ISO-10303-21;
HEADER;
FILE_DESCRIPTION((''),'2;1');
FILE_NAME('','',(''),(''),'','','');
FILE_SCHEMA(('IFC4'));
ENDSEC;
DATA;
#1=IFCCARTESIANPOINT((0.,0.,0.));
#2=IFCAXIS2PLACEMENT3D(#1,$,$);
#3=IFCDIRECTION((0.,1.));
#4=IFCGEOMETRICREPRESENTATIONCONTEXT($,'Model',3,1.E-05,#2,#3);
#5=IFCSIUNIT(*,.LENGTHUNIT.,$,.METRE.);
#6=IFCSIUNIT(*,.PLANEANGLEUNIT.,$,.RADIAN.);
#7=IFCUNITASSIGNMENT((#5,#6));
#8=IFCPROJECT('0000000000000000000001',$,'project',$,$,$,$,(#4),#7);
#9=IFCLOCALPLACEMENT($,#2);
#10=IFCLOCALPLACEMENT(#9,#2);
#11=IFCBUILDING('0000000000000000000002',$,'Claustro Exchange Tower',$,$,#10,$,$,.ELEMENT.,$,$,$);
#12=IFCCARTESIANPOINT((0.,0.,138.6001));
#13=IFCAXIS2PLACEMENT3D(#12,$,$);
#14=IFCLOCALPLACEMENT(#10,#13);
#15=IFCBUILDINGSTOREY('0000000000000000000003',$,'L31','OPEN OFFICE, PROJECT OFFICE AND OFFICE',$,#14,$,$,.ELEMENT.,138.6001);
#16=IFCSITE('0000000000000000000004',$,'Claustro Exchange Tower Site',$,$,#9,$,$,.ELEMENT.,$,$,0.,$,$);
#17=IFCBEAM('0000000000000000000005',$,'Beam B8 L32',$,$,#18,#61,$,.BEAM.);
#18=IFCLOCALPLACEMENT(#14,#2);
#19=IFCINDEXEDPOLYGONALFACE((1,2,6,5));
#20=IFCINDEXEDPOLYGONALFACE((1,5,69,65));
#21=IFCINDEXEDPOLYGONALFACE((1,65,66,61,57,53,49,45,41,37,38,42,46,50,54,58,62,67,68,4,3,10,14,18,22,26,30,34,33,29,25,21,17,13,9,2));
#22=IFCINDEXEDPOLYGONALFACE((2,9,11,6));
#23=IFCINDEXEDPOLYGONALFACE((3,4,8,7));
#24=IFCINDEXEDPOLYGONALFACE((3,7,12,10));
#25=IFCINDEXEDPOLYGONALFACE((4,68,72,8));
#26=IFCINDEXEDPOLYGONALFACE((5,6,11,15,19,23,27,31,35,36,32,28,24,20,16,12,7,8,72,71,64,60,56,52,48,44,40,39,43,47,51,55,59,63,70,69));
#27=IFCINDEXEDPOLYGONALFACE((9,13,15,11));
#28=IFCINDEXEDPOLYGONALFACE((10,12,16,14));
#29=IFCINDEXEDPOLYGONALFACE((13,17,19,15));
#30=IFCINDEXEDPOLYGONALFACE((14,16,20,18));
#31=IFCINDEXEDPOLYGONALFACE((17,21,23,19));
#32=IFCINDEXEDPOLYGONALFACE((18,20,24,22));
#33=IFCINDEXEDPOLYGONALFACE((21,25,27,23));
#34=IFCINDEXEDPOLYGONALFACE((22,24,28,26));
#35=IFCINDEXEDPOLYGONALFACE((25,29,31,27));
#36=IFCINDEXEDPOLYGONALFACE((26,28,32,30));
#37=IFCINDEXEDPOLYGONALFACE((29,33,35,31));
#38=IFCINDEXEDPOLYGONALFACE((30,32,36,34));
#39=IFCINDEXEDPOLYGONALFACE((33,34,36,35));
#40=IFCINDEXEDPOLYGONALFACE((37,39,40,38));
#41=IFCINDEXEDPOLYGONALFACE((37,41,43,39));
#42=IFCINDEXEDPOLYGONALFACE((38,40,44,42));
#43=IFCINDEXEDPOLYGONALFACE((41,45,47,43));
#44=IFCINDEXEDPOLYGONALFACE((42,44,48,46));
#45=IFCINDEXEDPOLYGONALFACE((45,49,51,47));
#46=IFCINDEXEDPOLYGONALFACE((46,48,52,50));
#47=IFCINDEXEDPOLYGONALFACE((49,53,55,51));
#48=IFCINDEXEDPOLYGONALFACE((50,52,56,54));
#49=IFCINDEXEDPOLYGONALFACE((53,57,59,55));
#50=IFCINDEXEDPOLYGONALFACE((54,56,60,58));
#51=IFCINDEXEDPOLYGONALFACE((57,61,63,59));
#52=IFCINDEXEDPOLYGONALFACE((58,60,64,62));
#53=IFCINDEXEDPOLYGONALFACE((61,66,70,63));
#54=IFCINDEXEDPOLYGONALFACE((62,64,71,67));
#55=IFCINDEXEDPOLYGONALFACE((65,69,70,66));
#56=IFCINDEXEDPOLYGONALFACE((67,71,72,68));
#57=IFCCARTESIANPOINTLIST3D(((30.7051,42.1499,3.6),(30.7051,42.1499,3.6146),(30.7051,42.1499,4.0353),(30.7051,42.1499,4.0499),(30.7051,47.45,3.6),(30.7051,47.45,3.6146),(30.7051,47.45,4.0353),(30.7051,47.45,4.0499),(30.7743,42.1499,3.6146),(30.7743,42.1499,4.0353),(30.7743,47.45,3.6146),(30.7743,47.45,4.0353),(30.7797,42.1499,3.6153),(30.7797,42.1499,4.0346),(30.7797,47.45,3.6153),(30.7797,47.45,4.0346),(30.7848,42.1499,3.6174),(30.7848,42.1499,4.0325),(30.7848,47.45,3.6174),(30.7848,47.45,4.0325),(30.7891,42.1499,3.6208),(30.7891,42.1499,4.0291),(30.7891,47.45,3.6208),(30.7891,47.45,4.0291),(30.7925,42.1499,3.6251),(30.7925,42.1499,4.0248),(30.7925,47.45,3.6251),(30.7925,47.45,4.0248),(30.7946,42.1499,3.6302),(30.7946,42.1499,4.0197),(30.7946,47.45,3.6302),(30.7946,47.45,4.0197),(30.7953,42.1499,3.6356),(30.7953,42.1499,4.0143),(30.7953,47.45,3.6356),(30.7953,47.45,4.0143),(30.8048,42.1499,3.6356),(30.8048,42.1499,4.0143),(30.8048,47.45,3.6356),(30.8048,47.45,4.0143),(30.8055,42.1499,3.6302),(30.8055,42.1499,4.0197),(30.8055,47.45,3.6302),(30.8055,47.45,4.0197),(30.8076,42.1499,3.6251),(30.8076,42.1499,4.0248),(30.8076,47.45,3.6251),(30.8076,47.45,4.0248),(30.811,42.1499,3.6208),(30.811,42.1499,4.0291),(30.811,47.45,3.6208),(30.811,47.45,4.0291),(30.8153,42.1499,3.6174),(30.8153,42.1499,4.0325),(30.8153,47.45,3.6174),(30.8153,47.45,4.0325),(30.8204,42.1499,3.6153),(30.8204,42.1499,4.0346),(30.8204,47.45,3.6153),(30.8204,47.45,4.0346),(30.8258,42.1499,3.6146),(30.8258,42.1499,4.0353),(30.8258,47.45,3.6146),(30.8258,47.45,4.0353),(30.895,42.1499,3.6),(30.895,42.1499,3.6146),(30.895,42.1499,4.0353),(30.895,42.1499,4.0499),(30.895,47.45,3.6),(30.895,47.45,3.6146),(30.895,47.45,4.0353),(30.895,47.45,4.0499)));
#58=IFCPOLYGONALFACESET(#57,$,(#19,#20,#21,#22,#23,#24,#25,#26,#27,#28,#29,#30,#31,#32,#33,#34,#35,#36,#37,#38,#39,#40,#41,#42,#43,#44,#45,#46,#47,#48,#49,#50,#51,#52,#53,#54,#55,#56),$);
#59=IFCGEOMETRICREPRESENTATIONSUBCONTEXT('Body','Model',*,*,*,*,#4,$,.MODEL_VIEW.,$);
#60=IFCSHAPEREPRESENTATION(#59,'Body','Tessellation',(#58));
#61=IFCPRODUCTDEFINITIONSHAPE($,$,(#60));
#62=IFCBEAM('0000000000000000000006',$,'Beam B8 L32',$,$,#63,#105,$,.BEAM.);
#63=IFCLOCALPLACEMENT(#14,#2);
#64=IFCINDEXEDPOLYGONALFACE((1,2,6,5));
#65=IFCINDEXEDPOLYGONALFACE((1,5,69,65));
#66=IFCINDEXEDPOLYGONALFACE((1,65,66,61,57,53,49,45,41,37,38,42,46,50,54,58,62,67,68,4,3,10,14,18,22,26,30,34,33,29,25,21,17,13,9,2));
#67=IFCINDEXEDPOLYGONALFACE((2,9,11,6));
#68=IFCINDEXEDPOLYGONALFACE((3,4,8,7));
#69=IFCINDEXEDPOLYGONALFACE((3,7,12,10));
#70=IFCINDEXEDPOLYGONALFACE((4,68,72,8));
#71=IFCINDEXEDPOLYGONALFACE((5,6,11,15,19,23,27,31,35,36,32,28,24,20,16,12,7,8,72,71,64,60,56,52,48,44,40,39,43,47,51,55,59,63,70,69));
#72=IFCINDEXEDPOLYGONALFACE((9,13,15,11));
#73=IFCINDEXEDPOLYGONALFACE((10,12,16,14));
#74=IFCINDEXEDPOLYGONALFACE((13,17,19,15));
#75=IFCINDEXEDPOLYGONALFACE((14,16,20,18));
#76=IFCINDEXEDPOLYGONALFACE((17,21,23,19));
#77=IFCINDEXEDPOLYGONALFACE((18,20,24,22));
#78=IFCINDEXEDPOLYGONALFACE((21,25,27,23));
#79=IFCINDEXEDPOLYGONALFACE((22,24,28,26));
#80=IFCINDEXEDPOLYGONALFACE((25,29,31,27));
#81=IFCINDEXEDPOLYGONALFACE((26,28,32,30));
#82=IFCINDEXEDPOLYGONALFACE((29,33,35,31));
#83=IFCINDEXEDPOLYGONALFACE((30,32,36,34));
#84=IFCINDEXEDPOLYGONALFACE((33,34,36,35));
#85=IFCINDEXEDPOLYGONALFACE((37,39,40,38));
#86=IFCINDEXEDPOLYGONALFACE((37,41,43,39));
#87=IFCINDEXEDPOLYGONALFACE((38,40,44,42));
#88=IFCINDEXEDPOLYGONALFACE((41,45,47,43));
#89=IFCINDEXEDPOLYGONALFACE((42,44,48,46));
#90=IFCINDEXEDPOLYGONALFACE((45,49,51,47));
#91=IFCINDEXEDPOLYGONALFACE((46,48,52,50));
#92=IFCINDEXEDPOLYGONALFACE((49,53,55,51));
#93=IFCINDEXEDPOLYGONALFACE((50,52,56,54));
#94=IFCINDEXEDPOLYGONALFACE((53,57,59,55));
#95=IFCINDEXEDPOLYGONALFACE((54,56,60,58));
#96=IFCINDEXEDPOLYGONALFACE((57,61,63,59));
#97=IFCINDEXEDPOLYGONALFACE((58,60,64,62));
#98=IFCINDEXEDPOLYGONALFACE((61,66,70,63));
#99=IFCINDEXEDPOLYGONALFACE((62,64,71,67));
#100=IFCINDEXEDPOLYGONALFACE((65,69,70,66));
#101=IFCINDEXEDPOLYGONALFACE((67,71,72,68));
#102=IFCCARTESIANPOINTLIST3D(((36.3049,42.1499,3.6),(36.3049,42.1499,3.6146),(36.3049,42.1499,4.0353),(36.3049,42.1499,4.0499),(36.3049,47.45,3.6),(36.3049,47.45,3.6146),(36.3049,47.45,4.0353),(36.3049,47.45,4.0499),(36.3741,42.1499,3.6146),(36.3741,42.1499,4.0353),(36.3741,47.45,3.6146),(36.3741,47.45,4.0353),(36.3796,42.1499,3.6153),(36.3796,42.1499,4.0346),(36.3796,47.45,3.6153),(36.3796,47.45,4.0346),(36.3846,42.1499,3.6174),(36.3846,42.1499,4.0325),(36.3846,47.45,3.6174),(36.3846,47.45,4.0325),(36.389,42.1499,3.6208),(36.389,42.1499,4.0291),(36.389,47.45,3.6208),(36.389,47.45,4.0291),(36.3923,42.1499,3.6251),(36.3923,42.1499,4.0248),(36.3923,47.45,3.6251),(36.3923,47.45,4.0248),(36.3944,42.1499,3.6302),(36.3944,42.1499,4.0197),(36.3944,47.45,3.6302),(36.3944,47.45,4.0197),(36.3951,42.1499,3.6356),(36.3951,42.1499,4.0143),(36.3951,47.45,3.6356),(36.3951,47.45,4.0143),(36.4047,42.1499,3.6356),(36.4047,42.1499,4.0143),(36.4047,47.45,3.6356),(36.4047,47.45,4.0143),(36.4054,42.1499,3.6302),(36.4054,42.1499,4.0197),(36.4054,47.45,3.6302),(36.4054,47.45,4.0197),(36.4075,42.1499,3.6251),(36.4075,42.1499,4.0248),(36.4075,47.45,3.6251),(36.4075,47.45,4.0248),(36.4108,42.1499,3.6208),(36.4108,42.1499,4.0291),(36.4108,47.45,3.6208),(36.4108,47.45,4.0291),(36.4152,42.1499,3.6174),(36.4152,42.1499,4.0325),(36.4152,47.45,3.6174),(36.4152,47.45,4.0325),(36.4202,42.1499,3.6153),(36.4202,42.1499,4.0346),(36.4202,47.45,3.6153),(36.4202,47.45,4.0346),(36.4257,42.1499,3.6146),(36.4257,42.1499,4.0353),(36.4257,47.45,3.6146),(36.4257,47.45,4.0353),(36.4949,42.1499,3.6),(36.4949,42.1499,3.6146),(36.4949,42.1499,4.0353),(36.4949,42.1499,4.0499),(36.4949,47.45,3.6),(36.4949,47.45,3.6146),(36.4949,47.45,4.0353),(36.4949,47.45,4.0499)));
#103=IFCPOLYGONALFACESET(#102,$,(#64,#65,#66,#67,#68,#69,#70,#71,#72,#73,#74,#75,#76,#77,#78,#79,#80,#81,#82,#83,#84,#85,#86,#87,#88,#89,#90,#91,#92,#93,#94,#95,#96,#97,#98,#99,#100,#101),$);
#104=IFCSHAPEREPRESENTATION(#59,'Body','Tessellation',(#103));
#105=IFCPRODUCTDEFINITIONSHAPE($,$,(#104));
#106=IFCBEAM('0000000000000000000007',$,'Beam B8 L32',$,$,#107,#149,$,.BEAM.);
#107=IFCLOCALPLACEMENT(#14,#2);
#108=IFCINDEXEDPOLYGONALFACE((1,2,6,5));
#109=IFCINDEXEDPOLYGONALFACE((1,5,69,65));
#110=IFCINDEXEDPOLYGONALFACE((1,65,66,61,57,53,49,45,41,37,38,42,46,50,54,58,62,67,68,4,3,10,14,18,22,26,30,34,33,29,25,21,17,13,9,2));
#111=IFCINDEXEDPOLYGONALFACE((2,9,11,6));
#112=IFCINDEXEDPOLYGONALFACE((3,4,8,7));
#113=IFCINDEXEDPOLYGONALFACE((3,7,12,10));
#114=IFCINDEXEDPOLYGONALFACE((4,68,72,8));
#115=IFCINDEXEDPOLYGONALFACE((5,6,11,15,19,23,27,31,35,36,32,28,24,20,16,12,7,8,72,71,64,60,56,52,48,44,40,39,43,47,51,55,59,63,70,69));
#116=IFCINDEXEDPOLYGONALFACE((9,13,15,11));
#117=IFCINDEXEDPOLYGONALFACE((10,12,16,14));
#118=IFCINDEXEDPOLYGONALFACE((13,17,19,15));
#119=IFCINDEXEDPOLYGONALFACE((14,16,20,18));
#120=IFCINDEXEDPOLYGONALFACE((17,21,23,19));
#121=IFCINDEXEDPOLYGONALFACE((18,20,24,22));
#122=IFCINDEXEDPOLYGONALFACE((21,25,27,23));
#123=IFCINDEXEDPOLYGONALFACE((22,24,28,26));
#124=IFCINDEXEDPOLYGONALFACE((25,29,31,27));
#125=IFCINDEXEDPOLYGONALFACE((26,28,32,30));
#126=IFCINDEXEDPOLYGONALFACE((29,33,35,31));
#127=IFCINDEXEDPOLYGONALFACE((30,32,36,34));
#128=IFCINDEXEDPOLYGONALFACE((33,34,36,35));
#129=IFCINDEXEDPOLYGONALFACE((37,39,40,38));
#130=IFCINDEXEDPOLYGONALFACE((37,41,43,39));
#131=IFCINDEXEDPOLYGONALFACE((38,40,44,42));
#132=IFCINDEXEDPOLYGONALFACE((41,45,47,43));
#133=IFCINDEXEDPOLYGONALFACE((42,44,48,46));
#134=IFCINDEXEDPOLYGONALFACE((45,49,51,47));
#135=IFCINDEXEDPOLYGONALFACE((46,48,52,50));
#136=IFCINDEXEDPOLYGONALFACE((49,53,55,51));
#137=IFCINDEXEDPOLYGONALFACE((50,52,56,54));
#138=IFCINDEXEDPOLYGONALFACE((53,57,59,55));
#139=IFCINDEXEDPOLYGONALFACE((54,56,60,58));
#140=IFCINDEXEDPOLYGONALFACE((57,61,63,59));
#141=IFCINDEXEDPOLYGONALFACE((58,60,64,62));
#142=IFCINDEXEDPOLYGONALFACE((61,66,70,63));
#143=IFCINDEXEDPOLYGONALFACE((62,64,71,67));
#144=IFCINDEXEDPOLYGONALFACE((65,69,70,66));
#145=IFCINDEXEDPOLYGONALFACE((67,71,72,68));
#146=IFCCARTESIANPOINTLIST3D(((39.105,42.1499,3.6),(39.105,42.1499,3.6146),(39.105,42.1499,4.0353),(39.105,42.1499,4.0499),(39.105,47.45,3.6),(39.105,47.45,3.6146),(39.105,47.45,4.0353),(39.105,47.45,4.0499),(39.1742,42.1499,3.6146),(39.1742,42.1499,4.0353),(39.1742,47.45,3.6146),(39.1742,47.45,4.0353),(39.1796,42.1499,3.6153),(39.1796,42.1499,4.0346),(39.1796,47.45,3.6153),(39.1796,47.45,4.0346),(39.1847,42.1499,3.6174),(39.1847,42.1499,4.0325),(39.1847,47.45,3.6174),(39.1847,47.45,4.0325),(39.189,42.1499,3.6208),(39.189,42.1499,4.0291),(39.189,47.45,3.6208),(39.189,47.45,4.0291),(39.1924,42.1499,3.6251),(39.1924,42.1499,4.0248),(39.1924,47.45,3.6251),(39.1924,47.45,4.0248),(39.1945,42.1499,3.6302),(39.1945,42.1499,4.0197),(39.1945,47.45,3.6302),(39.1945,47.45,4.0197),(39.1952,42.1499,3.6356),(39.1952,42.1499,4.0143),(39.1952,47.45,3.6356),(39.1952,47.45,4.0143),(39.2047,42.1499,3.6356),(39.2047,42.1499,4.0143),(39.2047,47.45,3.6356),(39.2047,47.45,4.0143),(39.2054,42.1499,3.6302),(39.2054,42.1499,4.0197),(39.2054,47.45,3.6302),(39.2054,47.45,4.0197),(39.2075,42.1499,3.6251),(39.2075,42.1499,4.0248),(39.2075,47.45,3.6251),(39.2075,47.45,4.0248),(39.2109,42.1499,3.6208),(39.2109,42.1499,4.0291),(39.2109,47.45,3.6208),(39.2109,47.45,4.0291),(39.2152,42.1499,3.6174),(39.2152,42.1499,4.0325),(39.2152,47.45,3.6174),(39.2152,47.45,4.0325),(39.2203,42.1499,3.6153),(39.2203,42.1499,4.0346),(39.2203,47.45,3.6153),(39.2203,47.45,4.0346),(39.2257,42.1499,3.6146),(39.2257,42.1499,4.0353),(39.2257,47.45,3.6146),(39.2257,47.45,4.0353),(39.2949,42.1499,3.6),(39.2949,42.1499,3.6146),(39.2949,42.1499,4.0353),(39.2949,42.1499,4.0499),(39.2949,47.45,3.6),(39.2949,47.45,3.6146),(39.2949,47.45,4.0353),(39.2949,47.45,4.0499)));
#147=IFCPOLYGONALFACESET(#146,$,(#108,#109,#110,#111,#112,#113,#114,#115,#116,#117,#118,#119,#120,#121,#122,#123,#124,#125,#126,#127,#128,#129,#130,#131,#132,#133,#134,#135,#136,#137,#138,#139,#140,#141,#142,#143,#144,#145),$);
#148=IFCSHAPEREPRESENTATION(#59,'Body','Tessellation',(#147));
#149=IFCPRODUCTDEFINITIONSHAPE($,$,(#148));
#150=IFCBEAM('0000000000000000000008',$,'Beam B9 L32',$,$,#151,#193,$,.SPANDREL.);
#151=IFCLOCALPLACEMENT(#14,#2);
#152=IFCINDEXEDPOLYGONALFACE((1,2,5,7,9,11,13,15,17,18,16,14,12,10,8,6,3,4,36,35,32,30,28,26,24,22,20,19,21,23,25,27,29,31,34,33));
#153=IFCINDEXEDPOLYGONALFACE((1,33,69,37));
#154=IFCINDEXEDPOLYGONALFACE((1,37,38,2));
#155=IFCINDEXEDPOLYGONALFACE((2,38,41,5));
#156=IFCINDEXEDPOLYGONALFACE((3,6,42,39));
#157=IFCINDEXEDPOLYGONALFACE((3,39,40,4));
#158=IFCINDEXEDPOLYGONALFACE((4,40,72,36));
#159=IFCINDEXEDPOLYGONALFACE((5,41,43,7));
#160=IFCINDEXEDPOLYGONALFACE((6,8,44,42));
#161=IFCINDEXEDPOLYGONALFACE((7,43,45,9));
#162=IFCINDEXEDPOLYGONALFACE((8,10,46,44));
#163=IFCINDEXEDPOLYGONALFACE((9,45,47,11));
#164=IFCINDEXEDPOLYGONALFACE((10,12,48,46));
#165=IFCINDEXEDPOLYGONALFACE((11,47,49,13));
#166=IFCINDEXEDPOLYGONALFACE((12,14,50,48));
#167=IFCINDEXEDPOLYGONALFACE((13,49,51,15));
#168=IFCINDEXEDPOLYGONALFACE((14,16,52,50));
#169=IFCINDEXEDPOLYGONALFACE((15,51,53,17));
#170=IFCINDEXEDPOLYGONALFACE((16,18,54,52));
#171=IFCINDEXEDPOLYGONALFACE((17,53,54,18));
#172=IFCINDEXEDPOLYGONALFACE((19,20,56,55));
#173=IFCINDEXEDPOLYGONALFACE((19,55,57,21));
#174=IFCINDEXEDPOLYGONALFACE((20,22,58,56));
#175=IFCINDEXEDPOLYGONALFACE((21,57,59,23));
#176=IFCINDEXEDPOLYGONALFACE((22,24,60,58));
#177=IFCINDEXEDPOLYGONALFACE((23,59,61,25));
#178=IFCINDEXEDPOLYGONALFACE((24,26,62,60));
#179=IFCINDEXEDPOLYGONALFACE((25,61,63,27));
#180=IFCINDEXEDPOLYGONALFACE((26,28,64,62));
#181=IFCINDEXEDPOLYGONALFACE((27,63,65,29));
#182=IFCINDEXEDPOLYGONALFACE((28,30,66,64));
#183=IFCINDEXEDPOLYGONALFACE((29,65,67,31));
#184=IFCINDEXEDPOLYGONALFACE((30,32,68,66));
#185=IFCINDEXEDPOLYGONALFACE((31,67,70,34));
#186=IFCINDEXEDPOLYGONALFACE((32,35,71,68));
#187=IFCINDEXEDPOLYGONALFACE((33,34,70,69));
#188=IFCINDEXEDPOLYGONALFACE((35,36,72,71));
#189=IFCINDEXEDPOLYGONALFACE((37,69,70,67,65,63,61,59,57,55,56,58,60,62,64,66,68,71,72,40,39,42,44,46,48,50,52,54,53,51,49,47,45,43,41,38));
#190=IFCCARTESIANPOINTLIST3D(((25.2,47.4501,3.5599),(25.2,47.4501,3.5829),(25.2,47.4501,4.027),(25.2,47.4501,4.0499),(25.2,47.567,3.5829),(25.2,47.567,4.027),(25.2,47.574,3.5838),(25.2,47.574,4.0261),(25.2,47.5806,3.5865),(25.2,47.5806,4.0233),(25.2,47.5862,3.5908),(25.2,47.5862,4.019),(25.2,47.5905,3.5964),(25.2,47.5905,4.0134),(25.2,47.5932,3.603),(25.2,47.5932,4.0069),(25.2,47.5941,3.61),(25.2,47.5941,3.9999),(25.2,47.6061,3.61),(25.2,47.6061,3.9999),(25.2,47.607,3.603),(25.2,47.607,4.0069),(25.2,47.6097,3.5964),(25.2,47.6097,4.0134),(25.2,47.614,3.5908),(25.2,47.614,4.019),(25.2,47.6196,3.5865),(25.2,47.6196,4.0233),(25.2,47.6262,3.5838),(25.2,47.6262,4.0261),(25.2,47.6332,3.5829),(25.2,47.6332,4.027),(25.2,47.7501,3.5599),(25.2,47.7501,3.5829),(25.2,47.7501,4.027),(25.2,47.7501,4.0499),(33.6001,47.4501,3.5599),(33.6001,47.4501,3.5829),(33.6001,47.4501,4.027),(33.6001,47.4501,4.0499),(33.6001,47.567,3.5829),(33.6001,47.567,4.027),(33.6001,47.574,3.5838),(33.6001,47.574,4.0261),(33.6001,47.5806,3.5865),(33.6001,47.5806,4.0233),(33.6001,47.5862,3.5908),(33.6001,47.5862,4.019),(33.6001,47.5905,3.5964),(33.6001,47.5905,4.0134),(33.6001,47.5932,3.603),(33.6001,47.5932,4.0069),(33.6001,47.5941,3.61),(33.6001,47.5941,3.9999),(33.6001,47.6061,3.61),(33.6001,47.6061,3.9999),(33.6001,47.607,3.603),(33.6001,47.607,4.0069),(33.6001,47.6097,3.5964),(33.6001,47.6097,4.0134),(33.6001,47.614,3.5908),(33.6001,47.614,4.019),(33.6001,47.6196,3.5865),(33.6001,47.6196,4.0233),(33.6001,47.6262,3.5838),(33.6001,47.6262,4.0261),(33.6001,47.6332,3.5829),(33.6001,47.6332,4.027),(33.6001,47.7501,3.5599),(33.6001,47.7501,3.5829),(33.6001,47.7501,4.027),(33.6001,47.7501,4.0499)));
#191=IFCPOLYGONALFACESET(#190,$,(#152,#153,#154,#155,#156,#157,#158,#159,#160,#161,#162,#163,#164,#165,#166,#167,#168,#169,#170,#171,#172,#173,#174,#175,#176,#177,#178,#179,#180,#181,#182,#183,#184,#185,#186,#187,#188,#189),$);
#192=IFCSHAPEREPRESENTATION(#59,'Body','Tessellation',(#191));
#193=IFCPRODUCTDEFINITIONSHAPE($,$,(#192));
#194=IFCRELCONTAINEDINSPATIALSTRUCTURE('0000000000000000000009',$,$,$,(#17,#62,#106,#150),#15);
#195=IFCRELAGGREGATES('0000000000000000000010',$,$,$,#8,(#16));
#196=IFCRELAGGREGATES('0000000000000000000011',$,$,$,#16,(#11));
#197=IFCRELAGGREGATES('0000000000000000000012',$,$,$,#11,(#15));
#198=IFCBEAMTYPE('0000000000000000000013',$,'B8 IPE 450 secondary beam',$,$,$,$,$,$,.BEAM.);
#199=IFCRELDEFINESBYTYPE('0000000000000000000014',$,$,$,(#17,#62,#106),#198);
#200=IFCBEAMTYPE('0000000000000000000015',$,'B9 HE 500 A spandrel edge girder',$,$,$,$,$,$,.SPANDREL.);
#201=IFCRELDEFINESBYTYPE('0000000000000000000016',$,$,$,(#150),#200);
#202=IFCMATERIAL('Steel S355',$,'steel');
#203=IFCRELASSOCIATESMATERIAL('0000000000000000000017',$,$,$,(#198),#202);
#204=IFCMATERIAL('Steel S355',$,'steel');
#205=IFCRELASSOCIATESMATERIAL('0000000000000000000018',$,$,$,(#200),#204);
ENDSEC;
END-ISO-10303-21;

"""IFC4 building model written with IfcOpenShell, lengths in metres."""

from ifc_helpers import new_model, si_unit, direction, frame, origin, origin_2d, place, context, subcontext, project, spatial, i_section, extrude, material, material_profile, profile_set, type_object, element, save


model = new_model("IFC4")

# Units and contexts
model_context = context("Model", 3, precision=1e-05, world=origin(), true_north=direction((0.0, 1.0)))
body_context = subcontext(model_context, "Body", "Model", "MODEL_VIEW")
ifc_project = project(units=[si_unit("LENGTHUNIT", "METRE"), si_unit("PLANEANGLEUNIT", "RADIAN")], contexts=[model_context])

# Site, building, storey
site_placement = place(None, origin())
site = spatial("IfcSite", under=ifc_project, at=site_placement, Name="Claustro Exchange Tower Site", CompositionType="ELEMENT", RefElevation=0.0)
building_placement = place(site_placement, origin())
building = spatial("IfcBuilding", under=site, at=building_placement, Name="Claustro Exchange Tower", CompositionType="ELEMENT")
storey_placement = place(building_placement, frame((0.0, 0.0, 138.6001)))
storey = spatial("IfcBuildingStorey", under=building, at=storey_placement, Name="L31", Description="OPEN OFFICE, PROJECT OFFICE AND OFFICE", CompositionType="ELEMENT", Elevation=138.6001)

# Beams
ifc_material_1 = material(Name="Steel S355", Category="steel")
ifc_material_profile_1 = material_profile(ifc_material_1, i_section(OverallWidth=0.1899, OverallDepth=0.45, WebThickness=0.0095, FlangeThickness=0.0146, FilletRadius=0.021, at=origin_2d()), Name="IPE 450")
ifc_profile_set_1 = profile_set([ifc_material_profile_1], Name="Steel S355")
beam_type_1 = type_object("IfcBeamType", Name="B8 IPE 450 secondary beam", PredefinedType="BEAM", material=ifc_profile_set_1)
for number, where, z_axis, x_axis, name in (
    (1, (30.8, 42.1499, 3.825), (0.0, 1.0, 0.0), (-1.0, 0.0, 0.0), "Beam B8 L32"),
    (2, (36.3999, 42.1499, 3.825), (0.0, 1.0, 0.0), (-1.0, 0.0, 0.0), "Beam B8 L32"),
    (3, (39.2, 42.1499, 3.825), (0.0, 1.0, 0.0), (-1.0, 0.0, 0.0), "Beam B8 L32"),
):
    element("IfcBeam", number, at=place(storey_placement, frame(where, z_axis=z_axis, x_axis=x_axis)), inside=storey, type_object=beam_type_1, Name=name, PredefinedType="BEAM", context=body_context, shape_type="SweptSolid", body=[
        extrude(i_section(OverallWidth=0.1899, OverallDepth=0.45, WebThickness=0.0095, FlangeThickness=0.0146, FilletRadius=0.021, at=origin_2d()), origin(), (0.0, 0.0, 1.0), 5.3),
    ])
ifc_material_2 = material(Name="Steel S355", Category="steel")
ifc_material_profile_2 = material_profile(ifc_material_2, i_section(OverallWidth=0.3, OverallDepth=0.49, WebThickness=0.012, FlangeThickness=0.0229, FilletRadius=0.0271, at=origin_2d()), Name="HE 500 A")
ifc_profile_set_2 = profile_set([ifc_material_profile_2], Name="Steel S355")
beam_type_2 = type_object("IfcBeamType", Name="B9 HE 500 A spandrel edge girder", PredefinedType="SPANDREL", material=ifc_profile_set_2)
beam_1_placement = place(storey_placement, frame((25.2, 47.6001, 3.8049), z_axis=(1.0, 0.0, 0.0), x_axis=(0.0, 1.0, 0.0)))
element("IfcBeam", 4, at=beam_1_placement, inside=storey, type_object=beam_type_2, Name="Beam B9 L32", PredefinedType="SPANDREL", context=body_context, shape_type="SweptSolid", body=[
    extrude(i_section(OverallWidth=0.3, OverallDepth=0.49, WebThickness=0.012, FlangeThickness=0.0229, FilletRadius=0.0271, at=origin_2d()), origin(), (0.0, 0.0, 1.0), 8.4001),
])

save(model, "model.ifc")
